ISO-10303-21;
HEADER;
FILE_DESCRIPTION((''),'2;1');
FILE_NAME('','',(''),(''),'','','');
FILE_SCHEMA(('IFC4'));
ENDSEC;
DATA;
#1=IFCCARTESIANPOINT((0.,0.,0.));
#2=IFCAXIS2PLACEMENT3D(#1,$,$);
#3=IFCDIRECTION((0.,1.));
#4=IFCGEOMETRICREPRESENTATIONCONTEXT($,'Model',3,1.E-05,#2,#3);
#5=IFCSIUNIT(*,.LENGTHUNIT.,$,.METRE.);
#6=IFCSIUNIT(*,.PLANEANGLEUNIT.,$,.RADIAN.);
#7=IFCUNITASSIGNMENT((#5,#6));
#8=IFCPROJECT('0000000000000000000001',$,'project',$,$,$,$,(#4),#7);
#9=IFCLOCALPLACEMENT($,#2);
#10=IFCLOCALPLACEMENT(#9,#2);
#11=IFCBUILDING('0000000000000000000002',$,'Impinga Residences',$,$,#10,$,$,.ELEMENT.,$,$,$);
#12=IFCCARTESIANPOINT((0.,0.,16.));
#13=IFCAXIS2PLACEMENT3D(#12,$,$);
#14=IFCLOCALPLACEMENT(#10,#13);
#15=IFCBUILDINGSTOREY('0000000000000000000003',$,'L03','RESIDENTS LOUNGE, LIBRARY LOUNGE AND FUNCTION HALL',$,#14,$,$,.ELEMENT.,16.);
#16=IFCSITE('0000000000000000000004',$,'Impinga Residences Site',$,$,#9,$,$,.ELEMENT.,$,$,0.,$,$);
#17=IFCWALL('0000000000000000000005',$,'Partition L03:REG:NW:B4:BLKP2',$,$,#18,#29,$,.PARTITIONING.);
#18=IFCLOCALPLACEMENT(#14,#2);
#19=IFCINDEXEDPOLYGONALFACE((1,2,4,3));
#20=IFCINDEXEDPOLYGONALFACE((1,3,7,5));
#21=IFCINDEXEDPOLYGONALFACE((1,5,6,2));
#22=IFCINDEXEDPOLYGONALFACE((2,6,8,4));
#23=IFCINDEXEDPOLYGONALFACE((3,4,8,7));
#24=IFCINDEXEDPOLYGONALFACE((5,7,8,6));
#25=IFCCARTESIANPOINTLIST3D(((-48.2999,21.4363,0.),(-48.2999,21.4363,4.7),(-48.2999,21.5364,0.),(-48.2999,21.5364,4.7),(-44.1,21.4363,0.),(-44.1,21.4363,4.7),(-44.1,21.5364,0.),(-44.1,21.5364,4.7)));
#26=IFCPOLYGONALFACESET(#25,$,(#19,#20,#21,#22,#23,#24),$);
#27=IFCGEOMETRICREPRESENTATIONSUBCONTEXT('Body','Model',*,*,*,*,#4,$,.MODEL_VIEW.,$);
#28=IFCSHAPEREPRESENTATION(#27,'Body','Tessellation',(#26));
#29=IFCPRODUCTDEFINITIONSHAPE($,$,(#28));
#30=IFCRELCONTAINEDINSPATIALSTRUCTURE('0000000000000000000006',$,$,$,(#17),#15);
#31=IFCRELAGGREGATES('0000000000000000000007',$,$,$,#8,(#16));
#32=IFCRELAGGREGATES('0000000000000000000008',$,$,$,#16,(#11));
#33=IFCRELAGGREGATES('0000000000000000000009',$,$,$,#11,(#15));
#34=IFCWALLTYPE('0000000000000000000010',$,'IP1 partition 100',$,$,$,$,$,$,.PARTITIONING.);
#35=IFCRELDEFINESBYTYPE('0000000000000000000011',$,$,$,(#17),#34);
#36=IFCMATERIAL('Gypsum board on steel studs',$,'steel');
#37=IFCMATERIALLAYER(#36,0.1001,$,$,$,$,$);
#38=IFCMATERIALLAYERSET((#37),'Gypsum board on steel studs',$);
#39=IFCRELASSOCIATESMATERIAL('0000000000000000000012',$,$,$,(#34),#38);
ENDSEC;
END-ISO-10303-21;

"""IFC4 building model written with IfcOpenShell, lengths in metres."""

from ifc_helpers import new_model, si_unit, direction, frame, frame_2d, origin, place, context, subcontext, project, spatial, rectangle, extrude, material, layer, layer_set, type_object, element, save


model = new_model("IFC4")

# Units and contexts
model_context = context("Model", 3, precision=1e-05, world=origin(), true_north=direction((0.0, 1.0)))
body_context = subcontext(model_context, "Body", "Model", "MODEL_VIEW")
ifc_project = project(units=[si_unit("LENGTHUNIT", "METRE"), si_unit("PLANEANGLEUNIT", "RADIAN")], contexts=[model_context])

# Site, building, storey
site_placement = place(None, origin())
site = spatial("IfcSite", under=ifc_project, at=site_placement, Name="Impinga Residences Site", CompositionType="ELEMENT", RefElevation=0.0)
building_placement = place(site_placement, origin())
building = spatial("IfcBuilding", under=site, at=building_placement, Name="Impinga Residences", CompositionType="ELEMENT")
storey_placement = place(building_placement, frame((0.0, 0.0, 16.0)))
storey = spatial("IfcBuildingStorey", under=building, at=storey_placement, Name="L03", Description="RESIDENTS LOUNGE, LIBRARY LOUNGE AND FUNCTION HALL", CompositionType="ELEMENT", Elevation=16.0)

# Wall
ifc_material_1 = material(Name="Gypsum board on steel studs", Category="steel")
ifc_layer_1 = layer(ifc_material_1, 0.1001)
ifc_layer_set_1 = layer_set([ifc_layer_1], Name="Gypsum board on steel studs")
wall_type = type_object("IfcWallType", Name="IP1 partition 100", PredefinedType="PARTITIONING", material=ifc_layer_set_1)
wall_1_placement = place(storey_placement, frame((-48.3, 21.4863, 0.0), z_axis=(0.0, 0.0, 1.0), x_axis=(1.0, 0.0, 0.0)))
element("IfcWall", 1, at=wall_1_placement, inside=storey, type_object=wall_type, Name="Partition L03:REG:NW:B4:BLKP2", PredefinedType="PARTITIONING", context=body_context, shape_type="SweptSolid", body=[
    extrude(rectangle(XDim=4.2, YDim=0.1001, at=frame_2d((2.1001, 0.0))), origin(), (0.0, 0.0, 1.0), 4.7),
])

save(model, "model.ifc")
